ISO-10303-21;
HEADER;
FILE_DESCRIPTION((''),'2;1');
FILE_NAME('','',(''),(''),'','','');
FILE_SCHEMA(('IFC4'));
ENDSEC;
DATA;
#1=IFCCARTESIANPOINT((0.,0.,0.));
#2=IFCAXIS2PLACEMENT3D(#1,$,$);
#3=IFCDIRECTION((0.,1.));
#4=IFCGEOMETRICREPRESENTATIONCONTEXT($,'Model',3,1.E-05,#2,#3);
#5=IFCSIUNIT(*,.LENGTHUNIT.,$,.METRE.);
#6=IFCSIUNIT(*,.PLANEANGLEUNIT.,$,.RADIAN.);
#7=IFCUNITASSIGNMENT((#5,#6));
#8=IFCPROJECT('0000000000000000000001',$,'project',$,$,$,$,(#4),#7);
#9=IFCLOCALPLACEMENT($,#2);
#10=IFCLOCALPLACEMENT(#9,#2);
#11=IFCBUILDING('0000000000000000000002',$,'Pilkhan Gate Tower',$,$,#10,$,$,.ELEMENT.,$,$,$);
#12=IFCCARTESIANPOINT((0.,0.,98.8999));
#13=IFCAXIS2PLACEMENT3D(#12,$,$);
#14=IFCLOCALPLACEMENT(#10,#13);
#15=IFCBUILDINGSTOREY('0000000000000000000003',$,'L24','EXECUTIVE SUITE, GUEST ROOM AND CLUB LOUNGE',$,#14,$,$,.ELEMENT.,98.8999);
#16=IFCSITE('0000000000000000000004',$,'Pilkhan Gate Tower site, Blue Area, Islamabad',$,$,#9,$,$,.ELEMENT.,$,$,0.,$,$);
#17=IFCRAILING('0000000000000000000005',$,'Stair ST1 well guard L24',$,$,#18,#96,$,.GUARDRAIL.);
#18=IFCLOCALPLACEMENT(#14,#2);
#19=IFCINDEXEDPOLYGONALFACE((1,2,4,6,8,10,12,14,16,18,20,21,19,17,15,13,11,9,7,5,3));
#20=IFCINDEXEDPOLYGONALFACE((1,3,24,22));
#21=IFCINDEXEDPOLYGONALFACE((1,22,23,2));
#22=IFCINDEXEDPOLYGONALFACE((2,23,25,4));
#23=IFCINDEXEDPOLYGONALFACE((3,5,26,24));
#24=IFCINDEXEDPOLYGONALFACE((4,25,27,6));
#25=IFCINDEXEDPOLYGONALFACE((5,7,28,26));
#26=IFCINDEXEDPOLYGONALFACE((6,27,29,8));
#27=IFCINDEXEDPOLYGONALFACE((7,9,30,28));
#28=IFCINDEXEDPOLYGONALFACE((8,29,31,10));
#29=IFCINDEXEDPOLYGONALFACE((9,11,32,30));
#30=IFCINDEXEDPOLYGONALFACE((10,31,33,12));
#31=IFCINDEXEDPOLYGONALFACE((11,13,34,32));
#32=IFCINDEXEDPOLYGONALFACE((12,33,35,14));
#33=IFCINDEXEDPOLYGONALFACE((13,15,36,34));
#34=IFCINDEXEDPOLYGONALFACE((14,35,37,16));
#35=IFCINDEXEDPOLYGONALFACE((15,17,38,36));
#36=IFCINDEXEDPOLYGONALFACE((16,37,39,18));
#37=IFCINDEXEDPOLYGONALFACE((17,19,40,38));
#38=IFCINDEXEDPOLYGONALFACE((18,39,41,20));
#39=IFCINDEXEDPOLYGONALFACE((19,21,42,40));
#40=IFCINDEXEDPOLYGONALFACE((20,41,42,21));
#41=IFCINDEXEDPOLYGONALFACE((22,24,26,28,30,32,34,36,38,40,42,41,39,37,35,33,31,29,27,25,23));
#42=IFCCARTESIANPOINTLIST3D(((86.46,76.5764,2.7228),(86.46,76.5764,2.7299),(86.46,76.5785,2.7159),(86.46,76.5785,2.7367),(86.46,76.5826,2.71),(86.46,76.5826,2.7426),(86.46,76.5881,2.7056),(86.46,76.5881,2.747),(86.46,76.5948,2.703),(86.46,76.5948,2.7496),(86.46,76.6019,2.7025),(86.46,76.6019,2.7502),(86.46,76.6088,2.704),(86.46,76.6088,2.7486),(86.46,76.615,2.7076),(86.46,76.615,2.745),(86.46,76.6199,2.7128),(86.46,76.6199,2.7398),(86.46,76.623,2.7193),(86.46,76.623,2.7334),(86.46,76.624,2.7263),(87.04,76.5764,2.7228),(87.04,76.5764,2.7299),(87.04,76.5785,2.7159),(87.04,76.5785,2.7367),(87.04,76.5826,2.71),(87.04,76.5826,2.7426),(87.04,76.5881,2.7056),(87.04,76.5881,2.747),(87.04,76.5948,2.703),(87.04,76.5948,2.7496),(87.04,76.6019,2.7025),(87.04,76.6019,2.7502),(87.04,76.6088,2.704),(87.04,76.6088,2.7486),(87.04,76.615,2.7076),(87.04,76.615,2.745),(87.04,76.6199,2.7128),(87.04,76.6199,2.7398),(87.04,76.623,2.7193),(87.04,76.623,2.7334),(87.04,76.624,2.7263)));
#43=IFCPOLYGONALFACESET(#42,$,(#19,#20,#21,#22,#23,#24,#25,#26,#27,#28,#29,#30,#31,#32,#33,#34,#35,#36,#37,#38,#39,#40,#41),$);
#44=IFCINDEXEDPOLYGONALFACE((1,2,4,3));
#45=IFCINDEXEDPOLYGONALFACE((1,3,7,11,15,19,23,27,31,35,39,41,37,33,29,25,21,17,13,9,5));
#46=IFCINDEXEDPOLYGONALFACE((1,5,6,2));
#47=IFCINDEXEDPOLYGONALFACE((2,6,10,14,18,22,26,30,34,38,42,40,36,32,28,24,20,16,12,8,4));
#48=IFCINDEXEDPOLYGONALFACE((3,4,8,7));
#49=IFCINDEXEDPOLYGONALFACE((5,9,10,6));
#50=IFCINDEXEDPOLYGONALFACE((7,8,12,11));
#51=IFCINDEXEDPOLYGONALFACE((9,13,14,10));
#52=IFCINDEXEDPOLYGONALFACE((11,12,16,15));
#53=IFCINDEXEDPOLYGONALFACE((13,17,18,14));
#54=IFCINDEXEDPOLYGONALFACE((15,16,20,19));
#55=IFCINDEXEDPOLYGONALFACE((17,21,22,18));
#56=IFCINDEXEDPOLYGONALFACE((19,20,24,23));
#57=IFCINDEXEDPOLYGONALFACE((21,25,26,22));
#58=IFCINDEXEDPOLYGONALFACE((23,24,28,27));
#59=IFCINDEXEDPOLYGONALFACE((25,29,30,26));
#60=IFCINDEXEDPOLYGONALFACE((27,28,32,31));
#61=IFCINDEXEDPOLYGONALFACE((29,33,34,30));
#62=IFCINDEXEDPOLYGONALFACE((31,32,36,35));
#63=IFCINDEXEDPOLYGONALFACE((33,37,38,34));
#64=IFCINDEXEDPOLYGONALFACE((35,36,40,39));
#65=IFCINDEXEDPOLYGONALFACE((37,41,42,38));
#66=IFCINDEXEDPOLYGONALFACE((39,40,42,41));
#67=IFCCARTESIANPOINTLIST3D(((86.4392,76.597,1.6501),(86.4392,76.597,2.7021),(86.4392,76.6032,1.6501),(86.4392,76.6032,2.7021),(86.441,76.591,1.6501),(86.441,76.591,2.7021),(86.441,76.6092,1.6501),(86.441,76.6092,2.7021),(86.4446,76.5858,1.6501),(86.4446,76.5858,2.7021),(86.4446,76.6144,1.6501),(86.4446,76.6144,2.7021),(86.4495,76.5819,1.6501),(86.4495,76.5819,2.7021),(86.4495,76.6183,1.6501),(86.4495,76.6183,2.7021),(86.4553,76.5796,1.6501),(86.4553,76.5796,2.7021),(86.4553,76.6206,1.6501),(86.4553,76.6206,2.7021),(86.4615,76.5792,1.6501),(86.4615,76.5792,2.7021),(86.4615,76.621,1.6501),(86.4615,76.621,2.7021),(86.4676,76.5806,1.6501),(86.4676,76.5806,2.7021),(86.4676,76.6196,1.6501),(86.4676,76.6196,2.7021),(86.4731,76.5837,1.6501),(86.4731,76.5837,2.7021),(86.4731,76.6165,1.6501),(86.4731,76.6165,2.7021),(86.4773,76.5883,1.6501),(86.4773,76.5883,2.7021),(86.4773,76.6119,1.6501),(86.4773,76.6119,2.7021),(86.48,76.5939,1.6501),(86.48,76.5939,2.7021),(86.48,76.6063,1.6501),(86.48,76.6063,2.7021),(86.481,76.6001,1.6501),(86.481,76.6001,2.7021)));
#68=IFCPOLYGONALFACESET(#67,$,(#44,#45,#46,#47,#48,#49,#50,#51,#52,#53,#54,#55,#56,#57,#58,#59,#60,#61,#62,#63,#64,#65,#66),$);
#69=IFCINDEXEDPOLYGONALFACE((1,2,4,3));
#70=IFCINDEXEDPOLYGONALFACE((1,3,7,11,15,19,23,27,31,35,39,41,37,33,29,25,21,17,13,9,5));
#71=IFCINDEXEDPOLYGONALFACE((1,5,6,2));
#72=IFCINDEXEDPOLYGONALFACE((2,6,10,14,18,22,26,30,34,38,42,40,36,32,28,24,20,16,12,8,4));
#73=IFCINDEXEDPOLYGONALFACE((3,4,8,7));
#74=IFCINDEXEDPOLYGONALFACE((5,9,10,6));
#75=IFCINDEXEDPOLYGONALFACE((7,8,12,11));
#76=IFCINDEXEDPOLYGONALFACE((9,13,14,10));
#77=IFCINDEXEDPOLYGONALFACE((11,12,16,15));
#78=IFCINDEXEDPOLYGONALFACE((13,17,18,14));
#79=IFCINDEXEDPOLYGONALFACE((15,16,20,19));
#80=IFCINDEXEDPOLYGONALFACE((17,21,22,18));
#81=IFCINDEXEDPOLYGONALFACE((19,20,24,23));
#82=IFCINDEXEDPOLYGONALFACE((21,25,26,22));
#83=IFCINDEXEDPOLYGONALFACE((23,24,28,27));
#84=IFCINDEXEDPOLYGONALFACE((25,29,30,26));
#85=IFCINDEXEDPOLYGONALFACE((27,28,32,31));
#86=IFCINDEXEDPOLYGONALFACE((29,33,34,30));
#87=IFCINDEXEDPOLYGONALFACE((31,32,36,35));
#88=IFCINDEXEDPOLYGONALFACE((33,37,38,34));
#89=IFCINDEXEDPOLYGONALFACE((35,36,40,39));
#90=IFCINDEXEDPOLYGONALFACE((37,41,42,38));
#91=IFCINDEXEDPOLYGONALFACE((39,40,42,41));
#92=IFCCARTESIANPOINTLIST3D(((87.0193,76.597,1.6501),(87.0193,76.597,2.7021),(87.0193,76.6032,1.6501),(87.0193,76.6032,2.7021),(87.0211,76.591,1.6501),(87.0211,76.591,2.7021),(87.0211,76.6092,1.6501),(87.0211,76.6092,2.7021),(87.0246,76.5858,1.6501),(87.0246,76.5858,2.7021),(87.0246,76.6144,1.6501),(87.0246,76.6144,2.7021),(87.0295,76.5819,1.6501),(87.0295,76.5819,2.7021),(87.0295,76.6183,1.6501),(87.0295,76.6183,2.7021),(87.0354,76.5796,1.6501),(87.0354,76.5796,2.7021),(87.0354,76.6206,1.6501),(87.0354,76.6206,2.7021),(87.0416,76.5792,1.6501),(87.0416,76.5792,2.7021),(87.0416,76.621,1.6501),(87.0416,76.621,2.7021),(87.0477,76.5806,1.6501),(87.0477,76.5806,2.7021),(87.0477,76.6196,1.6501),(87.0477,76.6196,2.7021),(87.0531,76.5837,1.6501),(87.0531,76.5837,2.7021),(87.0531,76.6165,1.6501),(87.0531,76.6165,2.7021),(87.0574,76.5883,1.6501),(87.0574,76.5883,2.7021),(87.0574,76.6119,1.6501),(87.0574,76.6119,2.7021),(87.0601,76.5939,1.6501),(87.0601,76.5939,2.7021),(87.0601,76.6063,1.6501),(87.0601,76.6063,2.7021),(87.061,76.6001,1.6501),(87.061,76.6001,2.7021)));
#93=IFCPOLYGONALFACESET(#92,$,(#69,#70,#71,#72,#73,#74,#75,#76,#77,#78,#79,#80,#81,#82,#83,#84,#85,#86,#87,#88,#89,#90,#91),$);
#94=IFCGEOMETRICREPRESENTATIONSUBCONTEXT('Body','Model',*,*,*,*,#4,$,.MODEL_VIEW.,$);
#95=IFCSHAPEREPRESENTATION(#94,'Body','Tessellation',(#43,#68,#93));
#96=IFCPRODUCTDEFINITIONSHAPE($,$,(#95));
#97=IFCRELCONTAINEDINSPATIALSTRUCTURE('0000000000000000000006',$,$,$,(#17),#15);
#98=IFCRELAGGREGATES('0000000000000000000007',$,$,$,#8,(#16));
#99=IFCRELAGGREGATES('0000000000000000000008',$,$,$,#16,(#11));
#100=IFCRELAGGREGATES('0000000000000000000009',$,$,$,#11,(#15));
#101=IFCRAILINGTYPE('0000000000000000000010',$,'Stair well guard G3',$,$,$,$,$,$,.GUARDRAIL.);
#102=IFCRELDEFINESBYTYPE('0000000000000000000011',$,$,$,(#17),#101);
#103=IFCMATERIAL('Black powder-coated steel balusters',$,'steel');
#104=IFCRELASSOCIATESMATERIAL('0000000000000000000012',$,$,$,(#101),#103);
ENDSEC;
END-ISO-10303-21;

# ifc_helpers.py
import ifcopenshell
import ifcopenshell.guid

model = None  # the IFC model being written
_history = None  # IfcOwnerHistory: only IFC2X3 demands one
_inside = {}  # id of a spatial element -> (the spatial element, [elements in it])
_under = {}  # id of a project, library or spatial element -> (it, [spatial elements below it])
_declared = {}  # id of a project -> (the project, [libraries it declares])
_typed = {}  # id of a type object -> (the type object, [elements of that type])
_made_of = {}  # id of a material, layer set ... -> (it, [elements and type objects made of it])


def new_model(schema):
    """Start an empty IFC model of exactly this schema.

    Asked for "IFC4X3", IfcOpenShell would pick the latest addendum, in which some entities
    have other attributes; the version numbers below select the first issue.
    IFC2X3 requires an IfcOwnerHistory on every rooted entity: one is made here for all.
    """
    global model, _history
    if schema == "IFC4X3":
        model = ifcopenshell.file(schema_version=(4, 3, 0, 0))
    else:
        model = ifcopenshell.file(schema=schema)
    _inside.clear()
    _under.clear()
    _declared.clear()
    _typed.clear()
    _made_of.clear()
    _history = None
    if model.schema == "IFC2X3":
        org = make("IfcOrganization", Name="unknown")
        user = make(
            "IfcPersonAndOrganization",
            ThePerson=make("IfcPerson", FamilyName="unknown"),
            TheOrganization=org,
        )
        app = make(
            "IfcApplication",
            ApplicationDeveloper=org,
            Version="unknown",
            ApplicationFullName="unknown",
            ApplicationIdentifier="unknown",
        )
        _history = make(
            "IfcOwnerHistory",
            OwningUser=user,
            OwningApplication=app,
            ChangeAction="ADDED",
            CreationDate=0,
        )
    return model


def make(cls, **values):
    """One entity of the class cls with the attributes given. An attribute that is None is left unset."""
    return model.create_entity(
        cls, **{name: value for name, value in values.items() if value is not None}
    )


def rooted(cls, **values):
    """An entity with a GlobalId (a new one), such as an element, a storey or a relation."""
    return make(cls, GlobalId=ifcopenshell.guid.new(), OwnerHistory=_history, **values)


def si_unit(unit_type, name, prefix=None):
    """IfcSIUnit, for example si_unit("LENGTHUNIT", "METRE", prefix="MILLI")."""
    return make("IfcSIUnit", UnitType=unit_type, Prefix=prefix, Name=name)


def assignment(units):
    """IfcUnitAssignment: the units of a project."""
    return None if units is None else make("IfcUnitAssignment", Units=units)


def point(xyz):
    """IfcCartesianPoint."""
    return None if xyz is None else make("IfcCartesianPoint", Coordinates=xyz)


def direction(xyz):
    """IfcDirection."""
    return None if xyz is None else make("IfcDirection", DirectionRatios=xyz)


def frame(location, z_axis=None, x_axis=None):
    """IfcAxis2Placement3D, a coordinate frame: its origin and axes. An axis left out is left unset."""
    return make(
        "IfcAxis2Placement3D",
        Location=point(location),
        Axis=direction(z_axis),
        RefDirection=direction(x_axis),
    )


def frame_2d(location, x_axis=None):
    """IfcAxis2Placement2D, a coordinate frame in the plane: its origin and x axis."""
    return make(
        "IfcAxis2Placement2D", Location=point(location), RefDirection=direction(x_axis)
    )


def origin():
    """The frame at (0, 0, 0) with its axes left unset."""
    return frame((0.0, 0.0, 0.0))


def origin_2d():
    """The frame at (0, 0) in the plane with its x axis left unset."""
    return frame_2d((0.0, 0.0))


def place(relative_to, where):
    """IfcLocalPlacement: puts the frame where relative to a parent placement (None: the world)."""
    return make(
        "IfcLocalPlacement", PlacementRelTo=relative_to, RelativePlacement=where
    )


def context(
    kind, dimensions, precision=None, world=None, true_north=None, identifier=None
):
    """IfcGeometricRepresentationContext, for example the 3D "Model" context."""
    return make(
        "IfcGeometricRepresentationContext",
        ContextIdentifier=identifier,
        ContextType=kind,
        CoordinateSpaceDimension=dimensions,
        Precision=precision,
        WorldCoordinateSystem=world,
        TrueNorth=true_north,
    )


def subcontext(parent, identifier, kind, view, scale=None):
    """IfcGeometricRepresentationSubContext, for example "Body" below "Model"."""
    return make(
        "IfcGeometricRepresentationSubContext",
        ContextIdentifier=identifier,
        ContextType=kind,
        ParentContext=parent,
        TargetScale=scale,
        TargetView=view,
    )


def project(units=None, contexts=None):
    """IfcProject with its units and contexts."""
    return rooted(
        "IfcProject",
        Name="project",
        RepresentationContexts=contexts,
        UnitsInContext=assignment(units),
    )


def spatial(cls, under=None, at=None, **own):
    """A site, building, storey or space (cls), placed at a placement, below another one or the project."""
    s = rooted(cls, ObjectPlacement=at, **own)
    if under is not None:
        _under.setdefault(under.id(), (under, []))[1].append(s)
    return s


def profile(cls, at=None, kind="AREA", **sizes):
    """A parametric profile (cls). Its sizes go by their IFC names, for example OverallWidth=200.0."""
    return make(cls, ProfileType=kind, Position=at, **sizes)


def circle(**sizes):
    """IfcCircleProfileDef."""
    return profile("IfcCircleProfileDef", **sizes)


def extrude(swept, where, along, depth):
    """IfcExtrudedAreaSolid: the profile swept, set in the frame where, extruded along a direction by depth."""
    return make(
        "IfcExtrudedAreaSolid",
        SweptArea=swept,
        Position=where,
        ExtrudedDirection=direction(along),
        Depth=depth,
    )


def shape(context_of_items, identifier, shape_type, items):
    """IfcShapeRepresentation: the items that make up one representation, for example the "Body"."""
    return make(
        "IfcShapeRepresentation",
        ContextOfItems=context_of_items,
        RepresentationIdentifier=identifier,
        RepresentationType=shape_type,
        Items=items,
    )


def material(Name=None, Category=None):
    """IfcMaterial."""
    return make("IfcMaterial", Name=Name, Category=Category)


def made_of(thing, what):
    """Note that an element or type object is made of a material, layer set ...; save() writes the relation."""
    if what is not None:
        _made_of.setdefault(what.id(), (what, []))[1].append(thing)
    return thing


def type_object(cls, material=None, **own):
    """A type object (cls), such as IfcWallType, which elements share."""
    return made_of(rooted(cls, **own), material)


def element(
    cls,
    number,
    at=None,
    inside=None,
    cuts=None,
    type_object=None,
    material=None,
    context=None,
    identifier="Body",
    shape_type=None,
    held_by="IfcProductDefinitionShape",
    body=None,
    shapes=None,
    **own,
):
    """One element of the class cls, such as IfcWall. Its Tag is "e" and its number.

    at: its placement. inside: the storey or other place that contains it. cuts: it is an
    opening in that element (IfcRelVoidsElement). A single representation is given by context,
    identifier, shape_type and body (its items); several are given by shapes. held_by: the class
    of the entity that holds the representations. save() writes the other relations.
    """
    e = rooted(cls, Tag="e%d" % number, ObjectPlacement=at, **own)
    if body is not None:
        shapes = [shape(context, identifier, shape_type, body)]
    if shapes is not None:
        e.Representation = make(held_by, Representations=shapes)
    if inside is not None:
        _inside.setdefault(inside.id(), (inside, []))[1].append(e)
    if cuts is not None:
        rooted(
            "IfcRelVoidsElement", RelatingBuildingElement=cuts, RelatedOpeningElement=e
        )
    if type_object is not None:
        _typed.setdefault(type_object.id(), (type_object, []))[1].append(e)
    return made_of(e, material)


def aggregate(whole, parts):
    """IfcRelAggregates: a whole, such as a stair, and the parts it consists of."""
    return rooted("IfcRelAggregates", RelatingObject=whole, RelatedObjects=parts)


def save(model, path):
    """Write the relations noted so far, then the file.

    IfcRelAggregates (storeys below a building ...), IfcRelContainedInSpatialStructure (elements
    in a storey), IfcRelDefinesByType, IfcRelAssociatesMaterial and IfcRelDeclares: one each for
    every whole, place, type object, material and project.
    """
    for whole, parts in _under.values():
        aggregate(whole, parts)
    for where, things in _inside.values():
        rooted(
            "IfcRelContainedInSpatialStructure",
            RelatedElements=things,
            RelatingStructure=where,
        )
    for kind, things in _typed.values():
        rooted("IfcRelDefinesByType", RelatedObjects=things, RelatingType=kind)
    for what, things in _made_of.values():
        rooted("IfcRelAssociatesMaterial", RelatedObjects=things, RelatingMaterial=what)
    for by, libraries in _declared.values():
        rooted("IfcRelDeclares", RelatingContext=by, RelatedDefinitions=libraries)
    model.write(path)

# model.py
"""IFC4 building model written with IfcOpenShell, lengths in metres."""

from ifc_helpers import new_model, si_unit, direction, frame, origin, origin_2d, place, context, subcontext, project, spatial, circle, extrude, material, type_object, element, save


model = new_model("IFC4")

# Units and contexts
model_context = context("Model", 3, precision=1e-05, world=origin(), true_north=direction((0.0, 1.0)))
body_context = subcontext(model_context, "Body", "Model", "MODEL_VIEW")
ifc_project = project(units=[si_unit("LENGTHUNIT", "METRE"), si_unit("PLANEANGLEUNIT", "RADIAN")], contexts=[model_context])

# Site, building, storey
site_placement = place(None, origin())
site = spatial("IfcSite", under=ifc_project, at=site_placement, Name="Pilkhan Gate Tower site, Blue Area, Islamabad", CompositionType="ELEMENT", RefElevation=0.0)
building_placement = place(site_placement, origin())
building = spatial("IfcBuilding", under=site, at=building_placement, Name="Pilkhan Gate Tower", CompositionType="ELEMENT")
storey_placement = place(building_placement, frame((0.0, 0.0, 98.8999)))
storey = spatial("IfcBuildingStorey", under=building, at=storey_placement, Name="L24", Description="EXECUTIVE SUITE, GUEST ROOM AND CLUB LOUNGE", CompositionType="ELEMENT", Elevation=98.8999)

# Railing
ifc_material_1 = material(Name="Black powder-coated steel balusters", Category="steel")
railing_type_1 = type_object("IfcRailingType", Name="Stair well guard G3", PredefinedType="GUARDRAIL", material=ifc_material_1)
for number, where, name in (
    (1, (86.46, 76.6001, 1.6501), "Stair ST1 well guard L24"),
):
    element("IfcRailing", number, at=place(storey_placement, frame(where)), inside=storey, type_object=railing_type_1, Name=name, PredefinedType="GUARDRAIL", context=body_context, shape_type="SweptSolid", body=[
        extrude(circle(Radius=0.0239, at=origin_2d()), frame((0.0, 0.0, 1.0762), z_axis=(1.0, 0.0, 0.0), x_axis=(0.0, 1.0, 0.0)), (0.0, 0.0, 1.0), 0.5801),
        extrude(circle(Radius=0.021, at=origin_2d()), origin(), (0.0, 0.0, 1.0), 1.052),
        extrude(circle(Radius=0.021, at=origin_2d()), frame((0.5801, 0.0, 0.0)), (0.0, 0.0, 1.0), 1.052),
    ])

save(model, "model.ifc")
